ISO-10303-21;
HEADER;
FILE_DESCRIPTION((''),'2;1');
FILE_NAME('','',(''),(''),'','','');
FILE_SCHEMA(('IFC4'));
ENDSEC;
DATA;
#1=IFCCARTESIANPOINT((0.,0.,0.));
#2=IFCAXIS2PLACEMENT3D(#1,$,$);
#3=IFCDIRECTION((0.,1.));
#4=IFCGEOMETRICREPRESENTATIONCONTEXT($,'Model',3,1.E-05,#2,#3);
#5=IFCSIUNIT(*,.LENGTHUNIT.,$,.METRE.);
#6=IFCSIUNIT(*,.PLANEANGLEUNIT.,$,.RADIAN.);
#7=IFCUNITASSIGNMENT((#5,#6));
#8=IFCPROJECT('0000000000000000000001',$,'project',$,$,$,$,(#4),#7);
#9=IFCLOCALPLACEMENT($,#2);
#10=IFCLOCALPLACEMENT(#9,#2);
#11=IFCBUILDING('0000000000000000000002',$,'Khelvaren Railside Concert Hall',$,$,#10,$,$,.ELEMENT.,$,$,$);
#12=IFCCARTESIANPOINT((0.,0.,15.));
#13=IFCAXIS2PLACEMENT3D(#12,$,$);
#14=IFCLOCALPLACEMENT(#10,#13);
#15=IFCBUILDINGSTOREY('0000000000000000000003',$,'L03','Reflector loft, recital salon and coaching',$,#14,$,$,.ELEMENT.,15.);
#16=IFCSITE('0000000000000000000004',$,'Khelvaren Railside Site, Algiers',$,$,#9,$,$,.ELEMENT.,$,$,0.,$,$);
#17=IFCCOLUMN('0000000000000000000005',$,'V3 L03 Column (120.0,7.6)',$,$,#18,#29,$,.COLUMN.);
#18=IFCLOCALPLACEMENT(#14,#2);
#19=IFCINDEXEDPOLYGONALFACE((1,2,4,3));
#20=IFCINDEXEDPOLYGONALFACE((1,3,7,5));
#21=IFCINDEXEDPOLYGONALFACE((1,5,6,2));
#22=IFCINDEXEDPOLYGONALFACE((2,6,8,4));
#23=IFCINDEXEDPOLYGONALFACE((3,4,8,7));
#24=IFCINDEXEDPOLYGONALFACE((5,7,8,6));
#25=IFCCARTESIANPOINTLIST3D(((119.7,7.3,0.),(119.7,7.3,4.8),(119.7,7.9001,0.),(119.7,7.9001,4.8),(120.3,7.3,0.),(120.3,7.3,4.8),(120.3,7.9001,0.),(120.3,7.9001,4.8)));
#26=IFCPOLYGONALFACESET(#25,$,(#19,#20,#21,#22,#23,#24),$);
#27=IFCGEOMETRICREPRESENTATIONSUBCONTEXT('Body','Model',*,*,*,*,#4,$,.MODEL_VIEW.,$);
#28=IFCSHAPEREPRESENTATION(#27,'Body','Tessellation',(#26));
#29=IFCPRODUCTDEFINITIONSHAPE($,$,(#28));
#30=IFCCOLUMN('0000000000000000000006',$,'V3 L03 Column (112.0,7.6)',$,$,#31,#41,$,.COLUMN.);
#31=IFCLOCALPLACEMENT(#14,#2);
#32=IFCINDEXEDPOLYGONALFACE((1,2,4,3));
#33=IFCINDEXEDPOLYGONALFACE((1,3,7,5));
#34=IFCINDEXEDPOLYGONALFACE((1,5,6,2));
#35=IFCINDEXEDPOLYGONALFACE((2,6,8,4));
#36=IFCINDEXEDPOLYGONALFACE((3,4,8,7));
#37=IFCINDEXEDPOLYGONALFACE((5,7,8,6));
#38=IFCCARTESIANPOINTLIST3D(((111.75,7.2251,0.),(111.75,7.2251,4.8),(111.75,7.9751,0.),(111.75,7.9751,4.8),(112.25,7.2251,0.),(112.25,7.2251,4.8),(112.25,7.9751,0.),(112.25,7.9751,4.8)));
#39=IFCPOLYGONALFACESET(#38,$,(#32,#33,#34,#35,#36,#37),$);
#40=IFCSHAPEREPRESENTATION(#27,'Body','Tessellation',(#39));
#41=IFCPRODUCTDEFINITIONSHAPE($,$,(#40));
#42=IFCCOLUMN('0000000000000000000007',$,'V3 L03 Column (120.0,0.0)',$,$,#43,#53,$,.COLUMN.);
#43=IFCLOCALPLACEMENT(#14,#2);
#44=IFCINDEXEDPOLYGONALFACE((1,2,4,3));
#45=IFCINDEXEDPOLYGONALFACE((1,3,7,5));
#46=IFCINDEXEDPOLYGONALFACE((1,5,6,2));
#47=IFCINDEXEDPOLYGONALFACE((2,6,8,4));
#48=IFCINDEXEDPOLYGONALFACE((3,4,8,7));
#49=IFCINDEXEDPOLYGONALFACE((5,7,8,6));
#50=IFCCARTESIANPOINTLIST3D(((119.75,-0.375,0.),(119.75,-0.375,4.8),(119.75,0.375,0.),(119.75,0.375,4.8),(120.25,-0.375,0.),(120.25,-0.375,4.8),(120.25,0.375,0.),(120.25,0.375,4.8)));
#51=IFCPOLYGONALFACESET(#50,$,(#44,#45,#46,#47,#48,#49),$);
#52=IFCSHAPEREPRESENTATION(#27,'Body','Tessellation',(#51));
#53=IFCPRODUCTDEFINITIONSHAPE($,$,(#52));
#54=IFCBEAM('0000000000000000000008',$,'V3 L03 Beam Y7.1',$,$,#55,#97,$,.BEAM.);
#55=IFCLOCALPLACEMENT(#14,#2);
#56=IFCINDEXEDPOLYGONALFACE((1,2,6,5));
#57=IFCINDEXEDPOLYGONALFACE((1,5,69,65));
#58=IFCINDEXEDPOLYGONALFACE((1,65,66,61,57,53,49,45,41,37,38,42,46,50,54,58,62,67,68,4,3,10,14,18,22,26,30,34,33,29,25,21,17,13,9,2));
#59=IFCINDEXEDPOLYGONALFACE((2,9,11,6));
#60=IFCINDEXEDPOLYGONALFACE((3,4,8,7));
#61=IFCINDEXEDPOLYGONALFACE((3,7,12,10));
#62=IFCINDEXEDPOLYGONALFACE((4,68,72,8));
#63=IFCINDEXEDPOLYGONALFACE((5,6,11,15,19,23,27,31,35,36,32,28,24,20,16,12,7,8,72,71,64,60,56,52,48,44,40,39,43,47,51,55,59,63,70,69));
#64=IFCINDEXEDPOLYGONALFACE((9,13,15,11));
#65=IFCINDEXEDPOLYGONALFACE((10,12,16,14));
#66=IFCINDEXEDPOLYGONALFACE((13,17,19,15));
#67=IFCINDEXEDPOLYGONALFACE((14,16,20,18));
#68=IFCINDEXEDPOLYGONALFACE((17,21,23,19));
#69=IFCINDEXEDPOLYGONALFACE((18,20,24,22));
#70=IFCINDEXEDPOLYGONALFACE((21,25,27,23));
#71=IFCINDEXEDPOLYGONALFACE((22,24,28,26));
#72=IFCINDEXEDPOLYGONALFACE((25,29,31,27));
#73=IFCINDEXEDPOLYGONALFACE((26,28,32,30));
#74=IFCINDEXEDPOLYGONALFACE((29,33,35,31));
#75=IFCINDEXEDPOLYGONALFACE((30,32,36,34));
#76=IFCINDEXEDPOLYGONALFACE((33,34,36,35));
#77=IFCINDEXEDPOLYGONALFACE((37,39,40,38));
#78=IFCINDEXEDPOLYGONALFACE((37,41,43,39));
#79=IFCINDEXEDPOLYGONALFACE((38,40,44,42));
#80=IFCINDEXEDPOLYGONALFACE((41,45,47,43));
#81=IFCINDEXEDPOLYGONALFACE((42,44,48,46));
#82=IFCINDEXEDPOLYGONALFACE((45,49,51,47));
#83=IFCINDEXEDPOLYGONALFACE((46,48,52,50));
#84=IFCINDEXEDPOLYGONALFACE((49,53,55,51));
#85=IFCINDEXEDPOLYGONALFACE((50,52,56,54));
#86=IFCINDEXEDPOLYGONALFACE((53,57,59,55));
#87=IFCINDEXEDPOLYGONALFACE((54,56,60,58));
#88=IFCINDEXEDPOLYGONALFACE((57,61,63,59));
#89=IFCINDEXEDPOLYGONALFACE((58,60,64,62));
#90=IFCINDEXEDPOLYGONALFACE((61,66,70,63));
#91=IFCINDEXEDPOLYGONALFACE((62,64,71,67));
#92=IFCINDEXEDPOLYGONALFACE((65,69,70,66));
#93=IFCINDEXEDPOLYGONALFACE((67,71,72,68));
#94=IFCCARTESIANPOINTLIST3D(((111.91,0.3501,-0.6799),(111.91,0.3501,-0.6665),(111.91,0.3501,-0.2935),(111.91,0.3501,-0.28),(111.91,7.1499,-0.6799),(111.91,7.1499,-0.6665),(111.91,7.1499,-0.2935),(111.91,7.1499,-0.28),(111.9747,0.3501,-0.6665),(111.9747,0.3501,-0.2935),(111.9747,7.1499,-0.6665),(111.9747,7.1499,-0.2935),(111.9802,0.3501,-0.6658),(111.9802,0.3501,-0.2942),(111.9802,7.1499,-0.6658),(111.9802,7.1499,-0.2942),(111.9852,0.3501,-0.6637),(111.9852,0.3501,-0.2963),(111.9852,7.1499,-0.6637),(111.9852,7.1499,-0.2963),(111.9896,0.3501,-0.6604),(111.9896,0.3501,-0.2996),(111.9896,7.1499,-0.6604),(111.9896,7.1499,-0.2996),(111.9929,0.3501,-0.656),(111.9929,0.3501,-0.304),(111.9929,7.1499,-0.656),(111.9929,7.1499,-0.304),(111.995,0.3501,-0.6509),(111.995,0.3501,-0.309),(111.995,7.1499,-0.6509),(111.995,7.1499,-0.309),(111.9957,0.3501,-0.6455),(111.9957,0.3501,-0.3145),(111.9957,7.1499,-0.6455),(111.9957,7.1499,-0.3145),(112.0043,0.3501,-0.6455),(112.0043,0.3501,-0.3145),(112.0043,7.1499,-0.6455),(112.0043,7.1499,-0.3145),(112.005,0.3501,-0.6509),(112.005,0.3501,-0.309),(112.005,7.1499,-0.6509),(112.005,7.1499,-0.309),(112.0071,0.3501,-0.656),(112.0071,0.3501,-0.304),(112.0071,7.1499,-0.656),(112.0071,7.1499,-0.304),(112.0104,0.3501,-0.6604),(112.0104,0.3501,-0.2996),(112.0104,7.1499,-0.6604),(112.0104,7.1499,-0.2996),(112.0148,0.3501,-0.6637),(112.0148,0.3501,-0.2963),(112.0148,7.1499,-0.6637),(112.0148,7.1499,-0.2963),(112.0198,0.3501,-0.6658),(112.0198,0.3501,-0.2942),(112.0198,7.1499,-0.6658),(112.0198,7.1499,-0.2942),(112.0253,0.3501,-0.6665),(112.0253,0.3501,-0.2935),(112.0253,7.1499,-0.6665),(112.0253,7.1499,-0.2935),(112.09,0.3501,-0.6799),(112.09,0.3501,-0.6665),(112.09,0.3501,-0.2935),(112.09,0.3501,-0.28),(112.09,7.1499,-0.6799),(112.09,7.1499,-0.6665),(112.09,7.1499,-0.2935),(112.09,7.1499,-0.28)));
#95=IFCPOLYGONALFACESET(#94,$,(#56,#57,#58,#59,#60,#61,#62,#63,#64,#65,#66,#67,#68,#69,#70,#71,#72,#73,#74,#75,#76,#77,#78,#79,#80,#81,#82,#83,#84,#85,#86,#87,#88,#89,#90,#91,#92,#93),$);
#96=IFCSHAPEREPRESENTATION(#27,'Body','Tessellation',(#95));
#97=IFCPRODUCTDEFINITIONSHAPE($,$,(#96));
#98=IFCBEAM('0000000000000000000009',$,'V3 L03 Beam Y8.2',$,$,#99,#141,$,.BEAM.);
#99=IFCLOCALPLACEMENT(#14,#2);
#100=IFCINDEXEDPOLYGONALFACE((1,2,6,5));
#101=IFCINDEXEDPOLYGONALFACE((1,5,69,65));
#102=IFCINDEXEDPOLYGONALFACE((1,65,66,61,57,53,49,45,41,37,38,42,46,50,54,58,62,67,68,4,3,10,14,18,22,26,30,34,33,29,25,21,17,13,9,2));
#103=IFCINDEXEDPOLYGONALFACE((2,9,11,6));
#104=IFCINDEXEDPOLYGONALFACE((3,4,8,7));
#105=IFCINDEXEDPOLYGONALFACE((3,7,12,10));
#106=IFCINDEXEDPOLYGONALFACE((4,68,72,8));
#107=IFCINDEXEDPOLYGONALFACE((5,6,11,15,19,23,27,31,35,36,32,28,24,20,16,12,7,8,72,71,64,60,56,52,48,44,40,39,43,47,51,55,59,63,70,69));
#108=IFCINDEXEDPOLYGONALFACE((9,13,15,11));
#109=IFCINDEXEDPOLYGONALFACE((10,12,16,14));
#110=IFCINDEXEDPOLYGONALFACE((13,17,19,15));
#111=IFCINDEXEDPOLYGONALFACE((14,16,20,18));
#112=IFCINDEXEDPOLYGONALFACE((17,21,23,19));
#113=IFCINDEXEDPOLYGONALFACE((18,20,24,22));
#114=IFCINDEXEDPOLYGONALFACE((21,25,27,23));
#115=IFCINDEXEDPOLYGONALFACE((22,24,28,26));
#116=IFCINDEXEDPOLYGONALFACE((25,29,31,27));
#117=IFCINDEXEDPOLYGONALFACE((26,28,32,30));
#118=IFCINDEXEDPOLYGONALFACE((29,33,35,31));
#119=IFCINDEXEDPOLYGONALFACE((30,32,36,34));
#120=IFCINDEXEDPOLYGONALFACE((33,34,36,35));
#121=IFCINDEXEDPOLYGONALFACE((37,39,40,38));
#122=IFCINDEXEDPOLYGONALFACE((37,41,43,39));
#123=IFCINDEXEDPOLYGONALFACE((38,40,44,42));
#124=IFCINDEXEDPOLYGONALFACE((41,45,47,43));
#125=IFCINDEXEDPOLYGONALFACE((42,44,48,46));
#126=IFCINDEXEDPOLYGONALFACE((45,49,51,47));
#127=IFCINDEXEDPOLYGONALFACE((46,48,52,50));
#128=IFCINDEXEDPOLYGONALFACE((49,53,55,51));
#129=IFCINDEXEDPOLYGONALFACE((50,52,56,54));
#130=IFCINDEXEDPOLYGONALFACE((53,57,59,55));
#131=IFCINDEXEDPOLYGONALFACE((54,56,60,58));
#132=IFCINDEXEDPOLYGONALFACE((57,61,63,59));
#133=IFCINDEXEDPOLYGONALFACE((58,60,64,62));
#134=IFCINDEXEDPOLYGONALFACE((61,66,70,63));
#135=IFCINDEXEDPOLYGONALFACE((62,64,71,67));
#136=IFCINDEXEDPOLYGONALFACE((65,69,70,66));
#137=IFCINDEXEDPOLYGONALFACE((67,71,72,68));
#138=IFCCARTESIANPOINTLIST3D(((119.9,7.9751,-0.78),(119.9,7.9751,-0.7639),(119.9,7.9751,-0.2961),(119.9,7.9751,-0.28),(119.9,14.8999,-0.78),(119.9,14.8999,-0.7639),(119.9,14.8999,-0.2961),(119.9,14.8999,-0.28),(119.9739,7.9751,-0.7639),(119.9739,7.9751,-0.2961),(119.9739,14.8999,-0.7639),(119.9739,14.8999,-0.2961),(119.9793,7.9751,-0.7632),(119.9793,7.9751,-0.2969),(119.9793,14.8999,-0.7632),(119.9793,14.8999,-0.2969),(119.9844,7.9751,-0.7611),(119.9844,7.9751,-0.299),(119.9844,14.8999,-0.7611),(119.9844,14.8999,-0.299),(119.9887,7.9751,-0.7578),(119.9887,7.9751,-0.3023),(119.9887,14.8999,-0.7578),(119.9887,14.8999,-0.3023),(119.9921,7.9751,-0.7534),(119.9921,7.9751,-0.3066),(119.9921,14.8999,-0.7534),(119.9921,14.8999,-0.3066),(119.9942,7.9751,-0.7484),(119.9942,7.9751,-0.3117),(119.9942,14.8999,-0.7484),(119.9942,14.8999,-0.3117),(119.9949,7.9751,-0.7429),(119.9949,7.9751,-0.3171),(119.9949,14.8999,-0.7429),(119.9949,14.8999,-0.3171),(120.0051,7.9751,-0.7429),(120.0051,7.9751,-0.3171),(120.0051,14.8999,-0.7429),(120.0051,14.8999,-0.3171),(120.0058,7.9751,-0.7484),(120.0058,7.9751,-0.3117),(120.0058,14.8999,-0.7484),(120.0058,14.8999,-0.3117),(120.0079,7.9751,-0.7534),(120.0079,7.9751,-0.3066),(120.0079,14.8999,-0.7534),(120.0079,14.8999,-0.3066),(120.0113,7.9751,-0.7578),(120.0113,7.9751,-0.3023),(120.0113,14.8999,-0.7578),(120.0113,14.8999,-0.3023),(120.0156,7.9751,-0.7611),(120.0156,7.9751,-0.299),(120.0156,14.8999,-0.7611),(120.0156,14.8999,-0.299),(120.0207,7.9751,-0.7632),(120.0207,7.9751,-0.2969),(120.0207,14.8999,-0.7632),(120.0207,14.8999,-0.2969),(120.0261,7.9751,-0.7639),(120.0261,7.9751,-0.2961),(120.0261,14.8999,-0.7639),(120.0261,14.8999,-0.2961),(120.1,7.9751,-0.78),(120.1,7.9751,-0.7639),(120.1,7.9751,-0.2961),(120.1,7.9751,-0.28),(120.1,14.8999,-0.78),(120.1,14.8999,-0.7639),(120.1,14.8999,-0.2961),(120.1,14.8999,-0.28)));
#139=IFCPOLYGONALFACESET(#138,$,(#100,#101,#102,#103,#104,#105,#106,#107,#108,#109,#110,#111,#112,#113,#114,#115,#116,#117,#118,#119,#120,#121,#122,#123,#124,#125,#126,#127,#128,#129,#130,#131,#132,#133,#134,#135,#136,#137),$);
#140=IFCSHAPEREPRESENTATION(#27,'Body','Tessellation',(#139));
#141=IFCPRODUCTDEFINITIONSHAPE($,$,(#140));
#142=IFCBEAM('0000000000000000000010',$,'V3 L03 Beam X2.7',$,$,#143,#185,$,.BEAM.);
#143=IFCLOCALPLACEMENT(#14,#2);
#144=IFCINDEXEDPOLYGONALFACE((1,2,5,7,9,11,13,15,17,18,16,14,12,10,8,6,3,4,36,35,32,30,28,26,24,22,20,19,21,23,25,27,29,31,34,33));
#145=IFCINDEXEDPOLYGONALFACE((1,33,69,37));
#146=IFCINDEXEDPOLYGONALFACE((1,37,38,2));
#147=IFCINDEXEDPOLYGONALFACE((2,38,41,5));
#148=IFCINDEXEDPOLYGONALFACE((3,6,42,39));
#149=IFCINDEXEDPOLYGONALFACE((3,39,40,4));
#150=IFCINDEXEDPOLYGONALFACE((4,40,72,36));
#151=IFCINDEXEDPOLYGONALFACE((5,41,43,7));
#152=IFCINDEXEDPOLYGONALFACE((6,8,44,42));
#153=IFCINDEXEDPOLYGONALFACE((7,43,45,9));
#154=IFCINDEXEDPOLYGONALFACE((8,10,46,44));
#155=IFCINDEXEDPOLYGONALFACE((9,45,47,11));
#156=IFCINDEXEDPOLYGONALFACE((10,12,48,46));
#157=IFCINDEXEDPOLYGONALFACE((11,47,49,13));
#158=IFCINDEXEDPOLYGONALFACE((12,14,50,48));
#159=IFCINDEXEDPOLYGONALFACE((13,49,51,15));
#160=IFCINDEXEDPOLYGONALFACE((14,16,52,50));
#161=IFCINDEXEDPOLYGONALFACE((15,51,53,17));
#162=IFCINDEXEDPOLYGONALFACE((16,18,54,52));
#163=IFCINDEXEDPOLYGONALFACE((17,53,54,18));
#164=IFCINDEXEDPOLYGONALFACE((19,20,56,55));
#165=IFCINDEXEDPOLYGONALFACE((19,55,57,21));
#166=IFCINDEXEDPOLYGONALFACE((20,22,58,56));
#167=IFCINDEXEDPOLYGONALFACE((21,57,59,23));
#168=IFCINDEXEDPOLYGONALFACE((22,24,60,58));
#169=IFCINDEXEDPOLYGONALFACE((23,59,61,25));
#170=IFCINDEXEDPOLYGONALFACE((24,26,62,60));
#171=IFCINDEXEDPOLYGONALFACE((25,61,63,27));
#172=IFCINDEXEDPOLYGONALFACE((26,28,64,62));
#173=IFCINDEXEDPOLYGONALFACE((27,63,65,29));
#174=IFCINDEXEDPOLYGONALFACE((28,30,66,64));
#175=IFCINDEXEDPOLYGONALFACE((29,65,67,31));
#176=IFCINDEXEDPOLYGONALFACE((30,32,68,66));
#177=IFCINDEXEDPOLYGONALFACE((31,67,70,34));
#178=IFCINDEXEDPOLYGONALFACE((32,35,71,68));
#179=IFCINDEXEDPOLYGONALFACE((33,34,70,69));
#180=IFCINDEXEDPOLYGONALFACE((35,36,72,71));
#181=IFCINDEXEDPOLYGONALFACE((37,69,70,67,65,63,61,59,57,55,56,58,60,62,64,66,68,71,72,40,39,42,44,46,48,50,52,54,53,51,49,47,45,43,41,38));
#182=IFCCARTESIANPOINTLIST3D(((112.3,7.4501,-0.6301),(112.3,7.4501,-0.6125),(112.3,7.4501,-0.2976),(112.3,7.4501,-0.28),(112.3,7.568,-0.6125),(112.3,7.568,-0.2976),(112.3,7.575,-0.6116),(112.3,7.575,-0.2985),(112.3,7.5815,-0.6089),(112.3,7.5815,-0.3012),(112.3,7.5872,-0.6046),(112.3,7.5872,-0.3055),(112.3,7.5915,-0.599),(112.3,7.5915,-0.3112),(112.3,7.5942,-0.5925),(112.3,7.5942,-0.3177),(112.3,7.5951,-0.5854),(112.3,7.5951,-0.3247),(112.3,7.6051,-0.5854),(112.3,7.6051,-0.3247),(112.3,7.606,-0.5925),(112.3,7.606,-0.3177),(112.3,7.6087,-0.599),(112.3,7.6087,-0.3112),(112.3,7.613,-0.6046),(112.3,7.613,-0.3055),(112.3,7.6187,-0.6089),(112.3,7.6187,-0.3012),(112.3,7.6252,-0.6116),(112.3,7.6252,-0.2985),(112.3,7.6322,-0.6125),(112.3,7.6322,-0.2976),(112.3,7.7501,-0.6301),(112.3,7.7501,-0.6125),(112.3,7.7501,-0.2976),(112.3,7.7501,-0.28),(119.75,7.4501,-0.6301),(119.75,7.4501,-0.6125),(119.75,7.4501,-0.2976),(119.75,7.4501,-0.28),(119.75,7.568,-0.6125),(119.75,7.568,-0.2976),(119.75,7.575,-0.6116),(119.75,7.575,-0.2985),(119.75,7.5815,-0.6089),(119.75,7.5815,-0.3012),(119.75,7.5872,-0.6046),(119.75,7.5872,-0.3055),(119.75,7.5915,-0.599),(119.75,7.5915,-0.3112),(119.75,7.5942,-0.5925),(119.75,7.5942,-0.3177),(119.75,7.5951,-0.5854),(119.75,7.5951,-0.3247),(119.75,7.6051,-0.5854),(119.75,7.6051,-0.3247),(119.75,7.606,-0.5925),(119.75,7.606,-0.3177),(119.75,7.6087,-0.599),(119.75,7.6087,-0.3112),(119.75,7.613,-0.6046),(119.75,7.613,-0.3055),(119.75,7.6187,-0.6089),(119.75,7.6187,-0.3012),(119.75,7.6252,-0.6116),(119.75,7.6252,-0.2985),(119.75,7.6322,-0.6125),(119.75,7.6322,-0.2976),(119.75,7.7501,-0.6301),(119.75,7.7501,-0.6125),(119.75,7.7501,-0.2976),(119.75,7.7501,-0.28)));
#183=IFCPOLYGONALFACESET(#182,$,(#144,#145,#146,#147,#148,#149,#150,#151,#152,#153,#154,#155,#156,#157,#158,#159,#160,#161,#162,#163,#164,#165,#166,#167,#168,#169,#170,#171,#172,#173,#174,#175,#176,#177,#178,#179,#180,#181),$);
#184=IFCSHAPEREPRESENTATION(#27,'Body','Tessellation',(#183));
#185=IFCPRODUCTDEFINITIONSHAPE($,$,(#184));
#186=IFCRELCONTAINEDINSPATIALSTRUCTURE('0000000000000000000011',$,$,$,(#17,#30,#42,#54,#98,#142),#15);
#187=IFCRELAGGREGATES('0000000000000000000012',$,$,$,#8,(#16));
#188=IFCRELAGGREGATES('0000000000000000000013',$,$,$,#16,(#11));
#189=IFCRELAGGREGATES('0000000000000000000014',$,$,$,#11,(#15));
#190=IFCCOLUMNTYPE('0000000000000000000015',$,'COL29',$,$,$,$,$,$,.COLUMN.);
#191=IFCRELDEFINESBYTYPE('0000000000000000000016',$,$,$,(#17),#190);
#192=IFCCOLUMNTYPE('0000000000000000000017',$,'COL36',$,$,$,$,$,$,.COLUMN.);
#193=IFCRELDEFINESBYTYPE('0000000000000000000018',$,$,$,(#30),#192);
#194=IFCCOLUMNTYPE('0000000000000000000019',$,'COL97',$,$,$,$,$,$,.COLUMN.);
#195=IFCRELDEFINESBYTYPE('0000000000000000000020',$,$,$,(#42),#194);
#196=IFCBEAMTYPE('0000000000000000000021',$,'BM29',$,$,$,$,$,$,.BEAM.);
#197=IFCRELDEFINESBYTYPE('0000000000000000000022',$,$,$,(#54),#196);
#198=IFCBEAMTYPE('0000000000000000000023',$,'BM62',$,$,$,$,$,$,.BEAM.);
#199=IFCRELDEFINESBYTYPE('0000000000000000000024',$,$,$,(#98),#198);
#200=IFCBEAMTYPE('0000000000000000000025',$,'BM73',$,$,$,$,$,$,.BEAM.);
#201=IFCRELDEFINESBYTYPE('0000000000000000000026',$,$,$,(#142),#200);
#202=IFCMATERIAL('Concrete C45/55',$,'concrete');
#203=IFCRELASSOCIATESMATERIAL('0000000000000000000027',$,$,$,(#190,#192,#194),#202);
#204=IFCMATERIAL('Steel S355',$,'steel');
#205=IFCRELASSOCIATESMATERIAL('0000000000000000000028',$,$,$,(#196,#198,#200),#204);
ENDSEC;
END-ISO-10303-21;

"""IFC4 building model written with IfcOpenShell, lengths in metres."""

from ifc_helpers import new_model, si_unit, direction, frame, origin, origin_2d, place, context, subcontext, project, spatial, rectangle, i_section, extrude, material, material_profile, profile_set, type_object, element, save


model = new_model("IFC4")

# Units and contexts
model_context = context("Model", 3, precision=1e-05, world=origin(), true_north=direction((0.0, 1.0)))
body_context = subcontext(model_context, "Body", "Model", "MODEL_VIEW")
ifc_project = project(units=[si_unit("LENGTHUNIT", "METRE"), si_unit("PLANEANGLEUNIT", "RADIAN")], contexts=[model_context])

# Site, building, storey
site_placement = place(None, origin())
site = spatial("IfcSite", under=ifc_project, at=site_placement, Name="Khelvaren Railside Site, Algiers", CompositionType="ELEMENT", RefElevation=0.0)
building_placement = place(site_placement, origin())
building = spatial("IfcBuilding", under=site, at=building_placement, Name="Khelvaren Railside Concert Hall", CompositionType="ELEMENT")
storey_placement = place(building_placement, frame((0.0, 0.0, 15.0)))
storey = spatial("IfcBuildingStorey", under=building, at=storey_placement, Name="L03", Description="Reflector loft, recital salon and coaching", CompositionType="ELEMENT", Elevation=15.0)

# Columns
ifc_material_1 = material(Name="Concrete C45/55", Category="concrete")
ifc_material_profile_1 = material_profile(ifc_material_1, rectangle(XDim=0.6001, YDim=0.6001, at=origin_2d()), Name="RC 600x600")
ifc_profile_set_1 = profile_set([ifc_material_profile_1], Name="Concrete C45/55")
column_type_1 = type_object("IfcColumnType", Name="COL29", PredefinedType="COLUMN", material=ifc_profile_set_1)
column_1_placement = place(storey_placement, frame((120.0, 7.6001, 0.0), z_axis=(0.0, 0.0, 1.0), x_axis=(1.0, 0.0, 0.0)))
element("IfcColumn", 1, at=column_1_placement, inside=storey, type_object=column_type_1, Name="V3 L03 Column (120.0,7.6)", PredefinedType="COLUMN", context=body_context, shape_type="SweptSolid", body=[
    extrude(rectangle(XDim=0.6001, YDim=0.6001, at=origin_2d()), origin(), (0.0, 0.0, 1.0), 4.8),
])
ifc_material_profile_2 = material_profile(ifc_material_1, rectangle(XDim=0.5, YDim=0.75, at=origin_2d()), Name="RC 500x750")
ifc_profile_set_2 = profile_set([ifc_material_profile_2], Name="Concrete C45/55")
column_type_2 = type_object("IfcColumnType", Name="COL36", PredefinedType="COLUMN", material=ifc_profile_set_2)
column_2_placement = place(storey_placement, frame((112.0, 7.6001, 0.0), z_axis=(0.0, 0.0, 1.0), x_axis=(1.0, 0.0, 0.0)))
element("IfcColumn", 2, at=column_2_placement, inside=storey, type_object=column_type_2, Name="V3 L03 Column (112.0,7.6)", PredefinedType="COLUMN", context=body_context, shape_type="SweptSolid", body=[
    extrude(rectangle(XDim=0.5, YDim=0.75, at=origin_2d()), origin(), (0.0, 0.0, 1.0), 4.8),
])
ifc_material_profile_3 = material_profile(ifc_material_1, rectangle(XDim=0.5, YDim=0.75, at=origin_2d()), Name="RC 500x750")
ifc_profile_set_3 = profile_set([ifc_material_profile_3], Name="Concrete C45/55")
column_type_3 = type_object("IfcColumnType", Name="COL97", PredefinedType="COLUMN", material=ifc_profile_set_3)
column_3_placement = place(storey_placement, frame((120.0, 0.0, 0.0), z_axis=(0.0, 0.0, 1.0), x_axis=(1.0, 0.0, 0.0)))
element("IfcColumn", 3, at=column_3_placement, inside=storey, type_object=column_type_3, Name="V3 L03 Column (120.0,0.0)", PredefinedType="COLUMN", context=body_context, shape_type="SweptSolid", body=[
    extrude(rectangle(XDim=0.5, YDim=0.75, at=origin_2d()), origin(), (0.0, 0.0, 1.0), 4.8),
])

# Beams
ifc_material_2 = material(Name="Steel S355", Category="steel")
ifc_material_profile_4 = material_profile(ifc_material_2, i_section(OverallWidth=0.1799, OverallDepth=0.3999, WebThickness=0.0085, FlangeThickness=0.0134, FilletRadius=0.021, at=origin_2d()), Name="IPE 400")
ifc_profile_set_4 = profile_set([ifc_material_profile_4], Name="Steel S355")
beam_type_1 = type_object("IfcBeamType", Name="BM29", PredefinedType="BEAM", material=ifc_profile_set_4)
beam_1_placement = place(storey_placement, frame((112.0, 0.3501, -0.48), z_axis=(0.0, 1.0, 0.0), x_axis=(-1.0, 0.0, 0.0)))
element("IfcBeam", 4, at=beam_1_placement, inside=storey, type_object=beam_type_1, Name="V3 L03 Beam Y7.1", PredefinedType="BEAM", context=body_context, shape_type="SweptSolid", body=[
    extrude(i_section(OverallWidth=0.1799, OverallDepth=0.3999, WebThickness=0.0085, FlangeThickness=0.0134, FilletRadius=0.021, at=origin_2d()), origin(), (0.0, 0.0, 1.0), 6.7998),
])
ifc_material_profile_5 = material_profile(ifc_material_2, i_section(OverallWidth=0.2, OverallDepth=0.5, WebThickness=0.0103, FlangeThickness=0.0161, FilletRadius=0.021, at=origin_2d()), Name="IPE 500")
ifc_profile_set_5 = profile_set([ifc_material_profile_5], Name="Steel S355")
beam_type_2 = type_object("IfcBeamType", Name="BM62", PredefinedType="BEAM", material=ifc_profile_set_5)
beam_2_placement = place(storey_placement, frame((120.0, 7.9751, -0.53), z_axis=(0.0, 1.0, 0.0), x_axis=(-1.0, 0.0, 0.0)))
element("IfcBeam", 5, at=beam_2_placement, inside=storey, type_object=beam_type_2, Name="V3 L03 Beam Y8.2", PredefinedType="BEAM", context=body_context, shape_type="SweptSolid", body=[
    extrude(i_section(OverallWidth=0.2, OverallDepth=0.5, WebThickness=0.0103, FlangeThickness=0.0161, FilletRadius=0.021, at=origin_2d()), origin(), (0.0, 0.0, 1.0), 6.9248),
])
ifc_material_profile_6 = material_profile(ifc_material_2, i_section(OverallWidth=0.3, OverallDepth=0.3501, WebThickness=0.01, FlangeThickness=0.0176, FilletRadius=0.0271, at=origin_2d()), Name="HEA 360")
ifc_profile_set_6 = profile_set([ifc_material_profile_6], Name="Steel S355")
beam_type_3 = type_object("IfcBeamType", Name="BM73", PredefinedType="BEAM", material=ifc_profile_set_6)
beam_3_placement = place(storey_placement, frame((112.3, 7.6001, -0.4551), z_axis=(1.0, 0.0, 0.0), x_axis=(0.0, 1.0, 0.0)))
element("IfcBeam", 6, at=beam_3_placement, inside=storey, type_object=beam_type_3, Name="V3 L03 Beam X2.7", PredefinedType="BEAM", context=body_context, shape_type="SweptSolid", body=[
    extrude(i_section(OverallWidth=0.3, OverallDepth=0.3501, WebThickness=0.01, FlangeThickness=0.0176, FilletRadius=0.0271, at=origin_2d()), origin(), (0.0, 0.0, 1.0), 7.45),
])

save(model, "model.ifc")
